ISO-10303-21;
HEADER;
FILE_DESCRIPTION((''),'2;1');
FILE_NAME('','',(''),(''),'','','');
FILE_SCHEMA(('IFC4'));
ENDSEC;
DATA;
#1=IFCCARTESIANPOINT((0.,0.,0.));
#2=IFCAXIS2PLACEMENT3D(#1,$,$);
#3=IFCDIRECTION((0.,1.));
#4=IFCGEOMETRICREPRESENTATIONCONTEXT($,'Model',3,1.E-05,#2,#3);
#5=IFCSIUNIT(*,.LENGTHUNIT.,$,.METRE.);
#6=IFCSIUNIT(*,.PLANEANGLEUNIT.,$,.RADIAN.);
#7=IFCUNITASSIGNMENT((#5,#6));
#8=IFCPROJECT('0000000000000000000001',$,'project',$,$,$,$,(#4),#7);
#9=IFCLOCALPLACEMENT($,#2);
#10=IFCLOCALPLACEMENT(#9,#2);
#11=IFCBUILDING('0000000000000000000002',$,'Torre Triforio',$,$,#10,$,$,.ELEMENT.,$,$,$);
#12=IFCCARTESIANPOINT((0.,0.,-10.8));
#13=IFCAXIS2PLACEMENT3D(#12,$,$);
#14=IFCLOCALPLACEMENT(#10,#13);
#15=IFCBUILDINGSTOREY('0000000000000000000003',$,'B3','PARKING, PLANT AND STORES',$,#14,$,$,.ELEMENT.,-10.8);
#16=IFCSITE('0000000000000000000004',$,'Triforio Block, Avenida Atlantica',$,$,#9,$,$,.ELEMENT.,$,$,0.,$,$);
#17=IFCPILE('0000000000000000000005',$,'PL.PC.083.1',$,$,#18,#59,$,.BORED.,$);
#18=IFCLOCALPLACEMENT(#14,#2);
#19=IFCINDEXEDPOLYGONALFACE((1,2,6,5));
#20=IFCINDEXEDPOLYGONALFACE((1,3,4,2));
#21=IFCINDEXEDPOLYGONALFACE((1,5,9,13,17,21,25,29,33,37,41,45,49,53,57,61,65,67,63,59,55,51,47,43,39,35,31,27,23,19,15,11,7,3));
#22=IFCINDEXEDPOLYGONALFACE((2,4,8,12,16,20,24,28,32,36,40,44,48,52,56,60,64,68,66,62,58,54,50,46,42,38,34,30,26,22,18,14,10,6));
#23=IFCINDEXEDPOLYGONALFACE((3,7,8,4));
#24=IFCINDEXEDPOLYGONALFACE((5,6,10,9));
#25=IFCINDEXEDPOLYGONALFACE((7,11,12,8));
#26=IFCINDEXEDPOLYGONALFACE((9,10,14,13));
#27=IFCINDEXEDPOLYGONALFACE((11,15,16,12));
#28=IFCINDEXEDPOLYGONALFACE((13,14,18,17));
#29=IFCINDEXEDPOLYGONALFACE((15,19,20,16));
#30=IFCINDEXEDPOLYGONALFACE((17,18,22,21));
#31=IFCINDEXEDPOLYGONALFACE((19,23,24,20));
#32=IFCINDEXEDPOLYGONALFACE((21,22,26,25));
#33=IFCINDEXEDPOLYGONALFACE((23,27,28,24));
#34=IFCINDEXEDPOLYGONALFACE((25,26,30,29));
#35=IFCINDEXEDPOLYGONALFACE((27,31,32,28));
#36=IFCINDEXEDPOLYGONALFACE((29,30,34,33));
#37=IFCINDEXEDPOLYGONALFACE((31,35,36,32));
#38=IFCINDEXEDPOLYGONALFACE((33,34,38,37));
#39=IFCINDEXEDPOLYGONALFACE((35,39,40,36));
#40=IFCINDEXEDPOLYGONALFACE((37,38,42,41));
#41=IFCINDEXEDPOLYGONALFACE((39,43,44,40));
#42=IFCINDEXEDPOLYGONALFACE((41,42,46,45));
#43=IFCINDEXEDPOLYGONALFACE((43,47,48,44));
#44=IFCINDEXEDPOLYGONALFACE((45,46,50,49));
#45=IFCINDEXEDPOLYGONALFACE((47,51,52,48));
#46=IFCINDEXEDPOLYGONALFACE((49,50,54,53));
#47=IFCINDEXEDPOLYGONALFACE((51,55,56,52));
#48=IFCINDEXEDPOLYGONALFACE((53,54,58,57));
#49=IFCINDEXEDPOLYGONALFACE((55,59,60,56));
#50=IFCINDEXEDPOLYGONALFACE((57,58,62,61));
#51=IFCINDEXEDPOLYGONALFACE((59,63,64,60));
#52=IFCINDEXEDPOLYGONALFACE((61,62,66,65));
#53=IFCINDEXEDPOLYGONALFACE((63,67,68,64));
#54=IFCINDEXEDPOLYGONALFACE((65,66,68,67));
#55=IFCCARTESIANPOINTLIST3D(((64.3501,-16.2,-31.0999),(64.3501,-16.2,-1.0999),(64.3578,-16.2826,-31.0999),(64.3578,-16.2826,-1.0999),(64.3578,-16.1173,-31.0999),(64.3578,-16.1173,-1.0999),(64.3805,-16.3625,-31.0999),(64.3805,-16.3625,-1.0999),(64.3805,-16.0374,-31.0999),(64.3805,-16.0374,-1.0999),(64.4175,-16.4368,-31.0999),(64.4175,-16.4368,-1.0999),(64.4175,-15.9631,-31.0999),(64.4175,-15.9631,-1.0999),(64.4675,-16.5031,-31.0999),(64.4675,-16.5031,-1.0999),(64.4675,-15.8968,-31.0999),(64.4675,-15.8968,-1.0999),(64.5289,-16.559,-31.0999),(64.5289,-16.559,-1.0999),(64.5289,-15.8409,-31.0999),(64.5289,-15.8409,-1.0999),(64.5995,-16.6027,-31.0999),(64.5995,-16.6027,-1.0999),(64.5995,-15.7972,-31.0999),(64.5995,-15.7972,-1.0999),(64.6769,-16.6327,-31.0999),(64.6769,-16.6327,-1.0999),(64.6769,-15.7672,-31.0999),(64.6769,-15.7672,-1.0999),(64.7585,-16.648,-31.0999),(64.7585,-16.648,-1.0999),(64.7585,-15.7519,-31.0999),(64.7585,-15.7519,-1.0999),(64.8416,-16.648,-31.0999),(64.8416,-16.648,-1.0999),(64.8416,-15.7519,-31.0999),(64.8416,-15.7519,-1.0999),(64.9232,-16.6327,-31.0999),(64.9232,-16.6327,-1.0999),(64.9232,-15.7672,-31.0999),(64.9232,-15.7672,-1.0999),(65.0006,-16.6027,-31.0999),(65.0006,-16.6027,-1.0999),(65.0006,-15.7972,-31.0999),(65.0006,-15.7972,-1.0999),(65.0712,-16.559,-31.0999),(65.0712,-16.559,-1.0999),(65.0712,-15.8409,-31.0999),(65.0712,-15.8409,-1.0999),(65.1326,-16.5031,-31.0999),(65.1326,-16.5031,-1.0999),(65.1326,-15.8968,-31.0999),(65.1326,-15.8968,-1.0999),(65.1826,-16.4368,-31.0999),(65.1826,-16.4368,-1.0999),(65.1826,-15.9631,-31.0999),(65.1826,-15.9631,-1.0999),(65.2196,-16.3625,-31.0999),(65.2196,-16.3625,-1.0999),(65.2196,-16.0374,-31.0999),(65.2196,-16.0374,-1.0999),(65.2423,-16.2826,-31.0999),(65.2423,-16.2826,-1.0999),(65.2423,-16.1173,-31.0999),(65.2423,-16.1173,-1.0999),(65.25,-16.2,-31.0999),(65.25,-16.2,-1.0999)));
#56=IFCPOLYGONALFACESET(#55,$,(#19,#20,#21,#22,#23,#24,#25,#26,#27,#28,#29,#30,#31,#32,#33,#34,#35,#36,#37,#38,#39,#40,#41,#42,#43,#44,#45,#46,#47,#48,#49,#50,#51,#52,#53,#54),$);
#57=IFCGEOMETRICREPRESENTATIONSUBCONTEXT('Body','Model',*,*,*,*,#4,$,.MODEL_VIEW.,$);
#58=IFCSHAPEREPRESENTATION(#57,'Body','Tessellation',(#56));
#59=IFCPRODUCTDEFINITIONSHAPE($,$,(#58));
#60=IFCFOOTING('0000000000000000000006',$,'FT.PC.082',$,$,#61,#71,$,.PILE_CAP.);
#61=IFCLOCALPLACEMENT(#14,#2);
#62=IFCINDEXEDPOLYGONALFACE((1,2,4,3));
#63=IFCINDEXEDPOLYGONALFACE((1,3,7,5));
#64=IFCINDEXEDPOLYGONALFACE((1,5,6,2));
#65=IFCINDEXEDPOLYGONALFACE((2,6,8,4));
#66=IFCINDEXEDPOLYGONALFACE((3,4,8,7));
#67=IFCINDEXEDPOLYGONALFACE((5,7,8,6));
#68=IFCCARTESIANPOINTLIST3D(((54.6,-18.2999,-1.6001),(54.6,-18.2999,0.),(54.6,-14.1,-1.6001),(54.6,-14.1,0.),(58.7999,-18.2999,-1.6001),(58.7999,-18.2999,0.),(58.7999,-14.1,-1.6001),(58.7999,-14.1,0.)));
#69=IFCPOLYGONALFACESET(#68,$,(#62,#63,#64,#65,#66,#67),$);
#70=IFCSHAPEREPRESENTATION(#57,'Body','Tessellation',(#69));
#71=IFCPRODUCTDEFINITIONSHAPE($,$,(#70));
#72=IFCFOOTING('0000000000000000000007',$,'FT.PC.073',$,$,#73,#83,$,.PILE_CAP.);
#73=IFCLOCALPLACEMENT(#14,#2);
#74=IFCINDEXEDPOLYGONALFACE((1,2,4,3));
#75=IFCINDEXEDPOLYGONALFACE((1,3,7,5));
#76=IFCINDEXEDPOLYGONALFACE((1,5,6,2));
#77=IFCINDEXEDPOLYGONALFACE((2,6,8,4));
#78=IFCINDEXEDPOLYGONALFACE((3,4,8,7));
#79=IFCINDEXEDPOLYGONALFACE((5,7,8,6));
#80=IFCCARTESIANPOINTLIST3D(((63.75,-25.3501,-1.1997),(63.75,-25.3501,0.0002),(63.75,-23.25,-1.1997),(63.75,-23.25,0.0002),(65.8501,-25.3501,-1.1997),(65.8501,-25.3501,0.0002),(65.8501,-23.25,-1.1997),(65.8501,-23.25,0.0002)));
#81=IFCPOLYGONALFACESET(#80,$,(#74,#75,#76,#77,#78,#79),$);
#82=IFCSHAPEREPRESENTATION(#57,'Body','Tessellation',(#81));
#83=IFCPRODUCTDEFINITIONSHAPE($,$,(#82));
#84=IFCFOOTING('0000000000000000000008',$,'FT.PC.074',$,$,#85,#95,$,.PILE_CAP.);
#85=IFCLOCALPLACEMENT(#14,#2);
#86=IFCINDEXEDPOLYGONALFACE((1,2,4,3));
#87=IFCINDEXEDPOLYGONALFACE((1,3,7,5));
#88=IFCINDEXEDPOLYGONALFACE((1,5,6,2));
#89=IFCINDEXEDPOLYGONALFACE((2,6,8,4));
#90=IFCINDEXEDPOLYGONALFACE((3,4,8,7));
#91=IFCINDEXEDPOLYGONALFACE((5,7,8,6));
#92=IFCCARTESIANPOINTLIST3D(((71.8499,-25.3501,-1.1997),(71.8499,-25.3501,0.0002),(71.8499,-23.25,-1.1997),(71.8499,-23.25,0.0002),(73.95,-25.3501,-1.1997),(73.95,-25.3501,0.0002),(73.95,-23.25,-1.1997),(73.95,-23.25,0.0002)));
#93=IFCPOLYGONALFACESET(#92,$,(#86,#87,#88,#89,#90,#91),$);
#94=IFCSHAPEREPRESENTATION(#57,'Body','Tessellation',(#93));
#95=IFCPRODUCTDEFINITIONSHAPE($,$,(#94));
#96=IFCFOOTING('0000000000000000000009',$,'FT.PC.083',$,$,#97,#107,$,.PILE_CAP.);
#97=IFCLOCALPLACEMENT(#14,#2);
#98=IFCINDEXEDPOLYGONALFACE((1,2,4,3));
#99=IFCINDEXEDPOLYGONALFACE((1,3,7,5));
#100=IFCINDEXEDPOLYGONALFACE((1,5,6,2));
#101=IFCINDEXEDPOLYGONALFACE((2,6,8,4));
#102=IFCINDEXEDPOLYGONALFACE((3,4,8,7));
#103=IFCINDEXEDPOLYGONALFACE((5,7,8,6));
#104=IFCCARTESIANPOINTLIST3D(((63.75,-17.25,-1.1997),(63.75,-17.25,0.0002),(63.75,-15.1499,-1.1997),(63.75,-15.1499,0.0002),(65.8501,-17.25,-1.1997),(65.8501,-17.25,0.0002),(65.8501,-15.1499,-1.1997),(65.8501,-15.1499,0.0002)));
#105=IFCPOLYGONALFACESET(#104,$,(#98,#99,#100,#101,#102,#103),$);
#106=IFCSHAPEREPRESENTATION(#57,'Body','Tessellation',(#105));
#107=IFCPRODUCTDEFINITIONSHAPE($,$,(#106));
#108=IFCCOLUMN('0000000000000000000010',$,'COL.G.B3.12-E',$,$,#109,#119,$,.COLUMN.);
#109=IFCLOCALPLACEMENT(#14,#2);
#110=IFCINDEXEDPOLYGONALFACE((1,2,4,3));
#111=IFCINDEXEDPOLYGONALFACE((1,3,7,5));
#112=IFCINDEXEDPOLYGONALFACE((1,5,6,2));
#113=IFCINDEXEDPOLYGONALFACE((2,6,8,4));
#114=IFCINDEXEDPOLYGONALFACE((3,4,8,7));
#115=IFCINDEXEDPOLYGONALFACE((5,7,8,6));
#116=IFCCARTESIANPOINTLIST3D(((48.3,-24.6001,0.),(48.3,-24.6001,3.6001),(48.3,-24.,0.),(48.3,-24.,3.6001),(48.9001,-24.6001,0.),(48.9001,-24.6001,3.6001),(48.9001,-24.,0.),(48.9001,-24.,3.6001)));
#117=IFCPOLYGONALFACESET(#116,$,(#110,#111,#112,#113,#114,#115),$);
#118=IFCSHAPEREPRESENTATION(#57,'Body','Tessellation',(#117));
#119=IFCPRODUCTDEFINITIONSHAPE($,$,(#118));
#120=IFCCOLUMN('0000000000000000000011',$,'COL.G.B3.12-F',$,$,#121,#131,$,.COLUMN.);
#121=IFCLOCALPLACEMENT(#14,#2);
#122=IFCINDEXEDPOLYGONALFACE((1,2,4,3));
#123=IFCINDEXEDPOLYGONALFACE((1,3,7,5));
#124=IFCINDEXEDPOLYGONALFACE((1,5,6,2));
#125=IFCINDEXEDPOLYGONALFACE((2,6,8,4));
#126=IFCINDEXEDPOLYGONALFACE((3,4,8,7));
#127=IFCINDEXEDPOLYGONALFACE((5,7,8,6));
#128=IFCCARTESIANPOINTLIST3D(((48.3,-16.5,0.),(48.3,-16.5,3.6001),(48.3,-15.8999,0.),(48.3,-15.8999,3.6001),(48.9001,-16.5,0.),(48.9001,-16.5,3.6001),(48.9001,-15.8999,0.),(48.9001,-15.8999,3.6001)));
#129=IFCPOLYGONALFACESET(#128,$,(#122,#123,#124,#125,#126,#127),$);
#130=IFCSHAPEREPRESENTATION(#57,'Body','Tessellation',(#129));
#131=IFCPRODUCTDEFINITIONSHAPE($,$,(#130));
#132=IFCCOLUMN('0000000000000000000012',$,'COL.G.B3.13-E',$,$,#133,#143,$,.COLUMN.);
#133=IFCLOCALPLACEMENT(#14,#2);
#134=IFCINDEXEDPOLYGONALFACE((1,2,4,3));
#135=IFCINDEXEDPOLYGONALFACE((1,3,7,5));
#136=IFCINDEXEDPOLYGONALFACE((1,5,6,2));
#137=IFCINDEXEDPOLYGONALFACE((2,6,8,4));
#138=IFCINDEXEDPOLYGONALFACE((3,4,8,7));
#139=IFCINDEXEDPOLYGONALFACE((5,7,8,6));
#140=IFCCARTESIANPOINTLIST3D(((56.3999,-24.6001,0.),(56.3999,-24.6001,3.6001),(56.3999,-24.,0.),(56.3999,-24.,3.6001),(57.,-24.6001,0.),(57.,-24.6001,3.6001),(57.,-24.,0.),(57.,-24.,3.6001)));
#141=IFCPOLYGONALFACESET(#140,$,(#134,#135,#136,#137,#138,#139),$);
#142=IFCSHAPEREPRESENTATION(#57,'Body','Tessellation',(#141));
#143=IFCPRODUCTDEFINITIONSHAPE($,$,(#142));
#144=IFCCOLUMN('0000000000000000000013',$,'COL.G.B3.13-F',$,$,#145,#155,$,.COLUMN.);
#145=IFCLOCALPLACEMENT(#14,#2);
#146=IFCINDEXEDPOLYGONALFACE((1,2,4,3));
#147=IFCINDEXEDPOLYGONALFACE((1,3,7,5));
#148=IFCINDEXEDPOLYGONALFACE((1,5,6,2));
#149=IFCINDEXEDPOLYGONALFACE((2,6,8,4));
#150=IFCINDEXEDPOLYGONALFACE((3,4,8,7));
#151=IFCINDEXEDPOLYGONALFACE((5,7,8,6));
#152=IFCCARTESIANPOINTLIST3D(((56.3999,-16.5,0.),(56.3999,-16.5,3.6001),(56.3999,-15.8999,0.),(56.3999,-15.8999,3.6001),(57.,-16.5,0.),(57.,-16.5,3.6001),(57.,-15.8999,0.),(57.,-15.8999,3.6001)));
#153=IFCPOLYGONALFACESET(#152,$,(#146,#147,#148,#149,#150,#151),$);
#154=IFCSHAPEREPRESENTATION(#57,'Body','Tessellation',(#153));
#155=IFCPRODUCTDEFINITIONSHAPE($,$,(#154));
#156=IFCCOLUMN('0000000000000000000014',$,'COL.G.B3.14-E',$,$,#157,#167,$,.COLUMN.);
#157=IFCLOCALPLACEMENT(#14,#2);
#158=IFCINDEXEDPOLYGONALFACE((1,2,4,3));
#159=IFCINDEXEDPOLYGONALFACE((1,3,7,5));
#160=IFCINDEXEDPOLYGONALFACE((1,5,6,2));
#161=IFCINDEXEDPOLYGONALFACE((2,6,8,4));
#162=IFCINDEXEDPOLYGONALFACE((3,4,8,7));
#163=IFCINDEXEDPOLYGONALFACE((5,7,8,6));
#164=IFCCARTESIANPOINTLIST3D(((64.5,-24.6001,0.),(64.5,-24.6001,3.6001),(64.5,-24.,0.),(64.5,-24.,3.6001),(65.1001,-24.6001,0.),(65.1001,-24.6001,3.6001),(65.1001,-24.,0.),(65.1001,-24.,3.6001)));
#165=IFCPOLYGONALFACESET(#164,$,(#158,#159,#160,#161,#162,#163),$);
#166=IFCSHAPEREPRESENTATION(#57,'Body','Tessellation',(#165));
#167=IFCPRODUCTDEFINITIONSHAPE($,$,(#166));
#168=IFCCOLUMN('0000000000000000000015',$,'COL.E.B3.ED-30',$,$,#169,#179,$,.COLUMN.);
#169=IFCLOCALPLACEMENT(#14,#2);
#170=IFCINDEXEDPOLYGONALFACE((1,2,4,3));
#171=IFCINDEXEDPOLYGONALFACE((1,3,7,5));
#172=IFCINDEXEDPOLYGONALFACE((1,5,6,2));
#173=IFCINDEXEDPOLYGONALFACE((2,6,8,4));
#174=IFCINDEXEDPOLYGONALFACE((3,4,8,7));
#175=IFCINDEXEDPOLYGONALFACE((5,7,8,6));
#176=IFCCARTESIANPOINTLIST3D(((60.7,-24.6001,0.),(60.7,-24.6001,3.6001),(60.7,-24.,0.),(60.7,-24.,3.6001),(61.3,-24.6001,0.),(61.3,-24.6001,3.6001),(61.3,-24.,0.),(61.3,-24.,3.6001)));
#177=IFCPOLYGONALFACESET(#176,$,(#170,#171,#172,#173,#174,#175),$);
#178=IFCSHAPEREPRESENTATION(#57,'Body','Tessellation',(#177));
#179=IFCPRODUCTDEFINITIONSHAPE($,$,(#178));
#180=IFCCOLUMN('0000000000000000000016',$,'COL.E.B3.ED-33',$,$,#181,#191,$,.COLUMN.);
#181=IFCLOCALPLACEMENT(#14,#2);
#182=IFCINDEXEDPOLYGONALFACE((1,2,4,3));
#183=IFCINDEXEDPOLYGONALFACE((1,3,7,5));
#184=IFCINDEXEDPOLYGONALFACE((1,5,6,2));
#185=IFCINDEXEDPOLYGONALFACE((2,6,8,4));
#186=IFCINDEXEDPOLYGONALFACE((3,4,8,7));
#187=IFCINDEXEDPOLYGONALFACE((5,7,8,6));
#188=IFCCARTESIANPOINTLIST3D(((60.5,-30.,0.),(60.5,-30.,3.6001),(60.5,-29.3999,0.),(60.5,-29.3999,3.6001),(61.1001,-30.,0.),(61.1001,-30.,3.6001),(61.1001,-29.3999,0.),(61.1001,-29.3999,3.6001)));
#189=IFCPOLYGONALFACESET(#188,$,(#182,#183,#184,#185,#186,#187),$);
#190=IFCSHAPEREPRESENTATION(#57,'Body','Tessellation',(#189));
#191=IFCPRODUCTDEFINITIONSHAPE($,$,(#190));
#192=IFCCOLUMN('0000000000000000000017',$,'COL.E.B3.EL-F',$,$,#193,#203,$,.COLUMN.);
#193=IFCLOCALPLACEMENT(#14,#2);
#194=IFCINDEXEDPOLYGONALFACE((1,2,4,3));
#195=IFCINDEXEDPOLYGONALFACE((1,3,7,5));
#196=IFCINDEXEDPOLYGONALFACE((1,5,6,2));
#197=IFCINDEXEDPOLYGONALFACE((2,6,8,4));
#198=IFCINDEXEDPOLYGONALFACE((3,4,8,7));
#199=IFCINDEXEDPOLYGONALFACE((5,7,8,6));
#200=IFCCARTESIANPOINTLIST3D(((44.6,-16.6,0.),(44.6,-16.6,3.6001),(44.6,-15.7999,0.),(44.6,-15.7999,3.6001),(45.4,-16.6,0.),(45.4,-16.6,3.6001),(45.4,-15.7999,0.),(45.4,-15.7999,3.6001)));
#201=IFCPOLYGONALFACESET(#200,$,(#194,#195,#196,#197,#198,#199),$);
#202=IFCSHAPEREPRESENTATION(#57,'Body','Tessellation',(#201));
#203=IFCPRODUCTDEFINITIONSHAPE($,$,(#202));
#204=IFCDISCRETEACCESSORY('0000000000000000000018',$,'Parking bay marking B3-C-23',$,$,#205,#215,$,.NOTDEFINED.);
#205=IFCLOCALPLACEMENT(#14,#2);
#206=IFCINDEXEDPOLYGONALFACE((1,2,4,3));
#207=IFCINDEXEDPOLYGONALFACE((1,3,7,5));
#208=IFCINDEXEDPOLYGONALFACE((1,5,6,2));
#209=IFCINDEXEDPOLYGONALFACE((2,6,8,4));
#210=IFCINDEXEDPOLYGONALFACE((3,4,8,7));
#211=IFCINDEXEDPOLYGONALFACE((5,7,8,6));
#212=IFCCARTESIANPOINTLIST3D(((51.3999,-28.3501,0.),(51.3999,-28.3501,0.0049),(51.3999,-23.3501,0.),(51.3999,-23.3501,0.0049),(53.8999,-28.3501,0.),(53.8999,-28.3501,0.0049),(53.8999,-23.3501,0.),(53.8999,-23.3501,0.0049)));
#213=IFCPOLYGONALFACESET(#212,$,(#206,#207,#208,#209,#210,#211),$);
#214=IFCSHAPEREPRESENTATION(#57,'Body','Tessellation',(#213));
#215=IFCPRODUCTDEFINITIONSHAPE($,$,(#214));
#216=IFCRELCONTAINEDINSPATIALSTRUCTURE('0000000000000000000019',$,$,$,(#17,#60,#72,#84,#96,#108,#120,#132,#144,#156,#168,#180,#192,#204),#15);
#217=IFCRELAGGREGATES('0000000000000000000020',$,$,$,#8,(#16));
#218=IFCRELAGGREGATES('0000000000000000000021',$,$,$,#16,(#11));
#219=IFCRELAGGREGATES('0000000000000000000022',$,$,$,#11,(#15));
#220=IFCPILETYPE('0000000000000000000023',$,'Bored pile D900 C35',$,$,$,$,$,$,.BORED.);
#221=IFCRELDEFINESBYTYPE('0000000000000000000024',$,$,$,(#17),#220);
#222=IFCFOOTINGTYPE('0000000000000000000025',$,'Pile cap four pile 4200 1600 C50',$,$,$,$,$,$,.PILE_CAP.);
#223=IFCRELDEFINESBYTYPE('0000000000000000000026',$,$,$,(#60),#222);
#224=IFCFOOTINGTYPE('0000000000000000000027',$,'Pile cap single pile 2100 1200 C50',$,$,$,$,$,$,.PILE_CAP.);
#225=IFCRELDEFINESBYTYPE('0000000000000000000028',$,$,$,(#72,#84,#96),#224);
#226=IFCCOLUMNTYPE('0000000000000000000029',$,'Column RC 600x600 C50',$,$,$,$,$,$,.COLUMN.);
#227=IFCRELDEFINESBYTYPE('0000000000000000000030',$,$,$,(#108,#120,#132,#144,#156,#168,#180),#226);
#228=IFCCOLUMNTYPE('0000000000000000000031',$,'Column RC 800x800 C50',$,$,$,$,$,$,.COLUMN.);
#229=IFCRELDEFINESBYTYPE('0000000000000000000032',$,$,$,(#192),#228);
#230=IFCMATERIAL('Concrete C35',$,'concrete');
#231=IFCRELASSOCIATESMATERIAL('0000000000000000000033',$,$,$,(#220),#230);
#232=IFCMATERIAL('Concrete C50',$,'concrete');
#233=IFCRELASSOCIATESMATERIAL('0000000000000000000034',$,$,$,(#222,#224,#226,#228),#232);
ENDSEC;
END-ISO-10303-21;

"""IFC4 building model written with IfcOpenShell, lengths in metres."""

from ifc_helpers import new_model, si_unit, direction, frame, origin, origin_2d, place, context, subcontext, project, spatial, rectangle, circle, extrude, material, material_profile, profile_set, type_object, element, save


model = new_model("IFC4")

# Units and contexts
model_context = context("Model", 3, precision=1e-05, world=origin(), true_north=direction((0.0, 1.0)))
body_context = subcontext(model_context, "Body", "Model", "MODEL_VIEW")
ifc_project = project(units=[si_unit("LENGTHUNIT", "METRE"), si_unit("PLANEANGLEUNIT", "RADIAN")], contexts=[model_context])

# Site, building, storey
site_placement = place(None, origin())
site = spatial("IfcSite", under=ifc_project, at=site_placement, Name="Triforio Block, Avenida Atlantica", CompositionType="ELEMENT", RefElevation=0.0)
building_placement = place(site_placement, origin())
building = spatial("IfcBuilding", under=site, at=building_placement, Name="Torre Triforio", CompositionType="ELEMENT")
storey_placement = place(building_placement, frame((0.0, 0.0, -10.8)))
storey = spatial("IfcBuildingStorey", under=building, at=storey_placement, Name="B3", Description="PARKING, PLANT AND STORES", CompositionType="ELEMENT", Elevation=-10.8)

# Pile
ifc_material_1 = material(Name="Concrete C35", Category="concrete")
ifc_material_profile_1 = material_profile(ifc_material_1, circle(Radius=0.45, at=origin_2d()), Name="RC D900")
ifc_profile_set_1 = profile_set([ifc_material_profile_1], Name="Concrete C35")
pile_type = type_object("IfcPileType", Name="Bored pile D900 C35", PredefinedType="BORED", material=ifc_profile_set_1)
for number, where, z_axis, x_axis, name in (
    (1, (64.8, -16.2, -1.0999), (0.0, 0.0, -1.0), (1.0, 0.0, 0.0), "PL.PC.083.1"),
):
    element("IfcPile", number, at=place(storey_placement, frame(where, z_axis=z_axis, x_axis=x_axis)), inside=storey, type_object=pile_type, Name=name, PredefinedType="BORED", context=body_context, shape_type="SweptSolid", body=[
        extrude(circle(Radius=0.45, at=origin_2d()), origin(), (0.0, 0.0, 1.0), 30.0),
    ])

# Footings
ifc_material_2 = material(Name="Concrete C50", Category="concrete")
footing_type_1 = type_object("IfcFootingType", Name="Pile cap four pile 4200 1600 C50", PredefinedType="PILE_CAP", material=ifc_material_2)
footing_placement = place(storey_placement, frame((56.7, -16.2, -1.6001), z_axis=(0.0, 0.0, 1.0), x_axis=(1.0, 0.0, 0.0)))
element("IfcFooting", 2, at=footing_placement, inside=storey, type_object=footing_type_1, Name="FT.PC.082", PredefinedType="PILE_CAP", context=body_context, shape_type="SweptSolid", body=[
    extrude(rectangle(XDim=4.2, YDim=4.2, at=origin_2d()), origin(), (0.0, 0.0, 1.0), 1.6001),
])
footing_type_2 = type_object("IfcFootingType", Name="Pile cap single pile 2100 1200 C50", PredefinedType="PILE_CAP", material=ifc_material_2)
for number, where, z_axis, x_axis, name in (
    (3, (64.8, -24.3, -1.1997), (0.0, 0.0, 1.0), (1.0, 0.0, 0.0), "FT.PC.073"),
    (4, (72.8999, -24.3, -1.1997), (0.0, 0.0, 1.0), (1.0, 0.0, 0.0), "FT.PC.074"),
    (5, (64.8, -16.2, -1.1997), (0.0, 0.0, 1.0), (1.0, 0.0, 0.0), "FT.PC.083"),
):
    element("IfcFooting", number, at=place(storey_placement, frame(where, z_axis=z_axis, x_axis=x_axis)), inside=storey, type_object=footing_type_2, Name=name, PredefinedType="PILE_CAP", context=body_context, shape_type="SweptSolid", body=[
        extrude(rectangle(XDim=2.1001, YDim=2.1001, at=origin_2d()), origin(), (0.0, 0.0, 1.0), 1.2),
    ])

# Columns
ifc_material_profile_2 = material_profile(ifc_material_2, rectangle(XDim=0.6001, YDim=0.6001, at=origin_2d()), Name="RC 600x600")
ifc_profile_set_2 = profile_set([ifc_material_profile_2], Name="Concrete C50")
column_type_1 = type_object("IfcColumnType", Name="Column RC 600x600 C50", PredefinedType="COLUMN", material=ifc_profile_set_2)
for number, where, z_axis, x_axis, name in (
    (6, (48.6001, -24.3, 0.0), (0.0, 0.0, 1.0), (1.0, 0.0, 0.0), "COL.G.B3.12-E"),
    (7, (48.6001, -16.2, 0.0), (0.0, 0.0, 1.0), (1.0, 0.0, 0.0), "COL.G.B3.12-F"),
    (8, (56.7, -24.3, 0.0), (0.0, 0.0, 1.0), (1.0, 0.0, 0.0), "COL.G.B3.13-E"),
    (9, (56.7, -16.2, 0.0), (0.0, 0.0, 1.0), (1.0, 0.0, 0.0), "COL.G.B3.13-F"),
    (10, (64.8, -24.3, 0.0), (0.0, 0.0, 1.0), (1.0, 0.0, 0.0), "COL.G.B3.14-E"),
    (11, (61.0, -24.3, 0.0), (0.0, 0.0, 1.0), (1.0, 0.0, 0.0), "COL.E.B3.ED-30"),
    (12, (60.8, -29.7, 0.0), (0.0, 0.0, 1.0), (1.0, 0.0, 0.0), "COL.E.B3.ED-33"),
):
    element("IfcColumn", number, at=place(storey_placement, frame(where, z_axis=z_axis, x_axis=x_axis)), inside=storey, type_object=column_type_1, Name=name, PredefinedType="COLUMN", context=body_context, shape_type="SweptSolid", body=[
        extrude(rectangle(XDim=0.6001, YDim=0.6001, at=origin_2d()), origin(), (0.0, 0.0, 1.0), 3.6001),
    ])
ifc_material_profile_3 = material_profile(ifc_material_2, rectangle(XDim=0.8, YDim=0.8, at=origin_2d()), Name="RC 800x800")
ifc_profile_set_3 = profile_set([ifc_material_profile_3], Name="Concrete C50")
column_type_2 = type_object("IfcColumnType", Name="Column RC 800x800 C50", PredefinedType="COLUMN", material=ifc_profile_set_3)
column_placement = place(storey_placement, frame((45.0, -16.2, 0.0), z_axis=(0.0, 0.0, 1.0), x_axis=(1.0, 0.0, 0.0)))
element("IfcColumn", 13, at=column_placement, inside=storey, type_object=column_type_2, Name="COL.E.B3.EL-F", PredefinedType="COLUMN", context=body_context, shape_type="SweptSolid", body=[
    extrude(rectangle(XDim=0.8, YDim=0.8, at=origin_2d()), origin(), (0.0, 0.0, 1.0), 3.6001),
])

# Discrete accessory
for number, where, z_axis, x_axis, name in (
    (14, (52.6499, -25.8501, 0.0), (0.0, 0.0, 1.0), (1.0, 0.0, 0.0), "Parking bay marking B3-C-23"),
):
    element("IfcDiscreteAccessory", number, at=place(storey_placement, frame(where, z_axis=z_axis, x_axis=x_axis)), inside=storey, Name=name, PredefinedType="NOTDEFINED", context=body_context, shape_type="SweptSolid", body=[
        extrude(rectangle(XDim=2.5, YDim=5.0, at=origin_2d()), origin(), (0.0, 0.0, 1.0), 0.0049),
    ])

save(model, "model.ifc")
